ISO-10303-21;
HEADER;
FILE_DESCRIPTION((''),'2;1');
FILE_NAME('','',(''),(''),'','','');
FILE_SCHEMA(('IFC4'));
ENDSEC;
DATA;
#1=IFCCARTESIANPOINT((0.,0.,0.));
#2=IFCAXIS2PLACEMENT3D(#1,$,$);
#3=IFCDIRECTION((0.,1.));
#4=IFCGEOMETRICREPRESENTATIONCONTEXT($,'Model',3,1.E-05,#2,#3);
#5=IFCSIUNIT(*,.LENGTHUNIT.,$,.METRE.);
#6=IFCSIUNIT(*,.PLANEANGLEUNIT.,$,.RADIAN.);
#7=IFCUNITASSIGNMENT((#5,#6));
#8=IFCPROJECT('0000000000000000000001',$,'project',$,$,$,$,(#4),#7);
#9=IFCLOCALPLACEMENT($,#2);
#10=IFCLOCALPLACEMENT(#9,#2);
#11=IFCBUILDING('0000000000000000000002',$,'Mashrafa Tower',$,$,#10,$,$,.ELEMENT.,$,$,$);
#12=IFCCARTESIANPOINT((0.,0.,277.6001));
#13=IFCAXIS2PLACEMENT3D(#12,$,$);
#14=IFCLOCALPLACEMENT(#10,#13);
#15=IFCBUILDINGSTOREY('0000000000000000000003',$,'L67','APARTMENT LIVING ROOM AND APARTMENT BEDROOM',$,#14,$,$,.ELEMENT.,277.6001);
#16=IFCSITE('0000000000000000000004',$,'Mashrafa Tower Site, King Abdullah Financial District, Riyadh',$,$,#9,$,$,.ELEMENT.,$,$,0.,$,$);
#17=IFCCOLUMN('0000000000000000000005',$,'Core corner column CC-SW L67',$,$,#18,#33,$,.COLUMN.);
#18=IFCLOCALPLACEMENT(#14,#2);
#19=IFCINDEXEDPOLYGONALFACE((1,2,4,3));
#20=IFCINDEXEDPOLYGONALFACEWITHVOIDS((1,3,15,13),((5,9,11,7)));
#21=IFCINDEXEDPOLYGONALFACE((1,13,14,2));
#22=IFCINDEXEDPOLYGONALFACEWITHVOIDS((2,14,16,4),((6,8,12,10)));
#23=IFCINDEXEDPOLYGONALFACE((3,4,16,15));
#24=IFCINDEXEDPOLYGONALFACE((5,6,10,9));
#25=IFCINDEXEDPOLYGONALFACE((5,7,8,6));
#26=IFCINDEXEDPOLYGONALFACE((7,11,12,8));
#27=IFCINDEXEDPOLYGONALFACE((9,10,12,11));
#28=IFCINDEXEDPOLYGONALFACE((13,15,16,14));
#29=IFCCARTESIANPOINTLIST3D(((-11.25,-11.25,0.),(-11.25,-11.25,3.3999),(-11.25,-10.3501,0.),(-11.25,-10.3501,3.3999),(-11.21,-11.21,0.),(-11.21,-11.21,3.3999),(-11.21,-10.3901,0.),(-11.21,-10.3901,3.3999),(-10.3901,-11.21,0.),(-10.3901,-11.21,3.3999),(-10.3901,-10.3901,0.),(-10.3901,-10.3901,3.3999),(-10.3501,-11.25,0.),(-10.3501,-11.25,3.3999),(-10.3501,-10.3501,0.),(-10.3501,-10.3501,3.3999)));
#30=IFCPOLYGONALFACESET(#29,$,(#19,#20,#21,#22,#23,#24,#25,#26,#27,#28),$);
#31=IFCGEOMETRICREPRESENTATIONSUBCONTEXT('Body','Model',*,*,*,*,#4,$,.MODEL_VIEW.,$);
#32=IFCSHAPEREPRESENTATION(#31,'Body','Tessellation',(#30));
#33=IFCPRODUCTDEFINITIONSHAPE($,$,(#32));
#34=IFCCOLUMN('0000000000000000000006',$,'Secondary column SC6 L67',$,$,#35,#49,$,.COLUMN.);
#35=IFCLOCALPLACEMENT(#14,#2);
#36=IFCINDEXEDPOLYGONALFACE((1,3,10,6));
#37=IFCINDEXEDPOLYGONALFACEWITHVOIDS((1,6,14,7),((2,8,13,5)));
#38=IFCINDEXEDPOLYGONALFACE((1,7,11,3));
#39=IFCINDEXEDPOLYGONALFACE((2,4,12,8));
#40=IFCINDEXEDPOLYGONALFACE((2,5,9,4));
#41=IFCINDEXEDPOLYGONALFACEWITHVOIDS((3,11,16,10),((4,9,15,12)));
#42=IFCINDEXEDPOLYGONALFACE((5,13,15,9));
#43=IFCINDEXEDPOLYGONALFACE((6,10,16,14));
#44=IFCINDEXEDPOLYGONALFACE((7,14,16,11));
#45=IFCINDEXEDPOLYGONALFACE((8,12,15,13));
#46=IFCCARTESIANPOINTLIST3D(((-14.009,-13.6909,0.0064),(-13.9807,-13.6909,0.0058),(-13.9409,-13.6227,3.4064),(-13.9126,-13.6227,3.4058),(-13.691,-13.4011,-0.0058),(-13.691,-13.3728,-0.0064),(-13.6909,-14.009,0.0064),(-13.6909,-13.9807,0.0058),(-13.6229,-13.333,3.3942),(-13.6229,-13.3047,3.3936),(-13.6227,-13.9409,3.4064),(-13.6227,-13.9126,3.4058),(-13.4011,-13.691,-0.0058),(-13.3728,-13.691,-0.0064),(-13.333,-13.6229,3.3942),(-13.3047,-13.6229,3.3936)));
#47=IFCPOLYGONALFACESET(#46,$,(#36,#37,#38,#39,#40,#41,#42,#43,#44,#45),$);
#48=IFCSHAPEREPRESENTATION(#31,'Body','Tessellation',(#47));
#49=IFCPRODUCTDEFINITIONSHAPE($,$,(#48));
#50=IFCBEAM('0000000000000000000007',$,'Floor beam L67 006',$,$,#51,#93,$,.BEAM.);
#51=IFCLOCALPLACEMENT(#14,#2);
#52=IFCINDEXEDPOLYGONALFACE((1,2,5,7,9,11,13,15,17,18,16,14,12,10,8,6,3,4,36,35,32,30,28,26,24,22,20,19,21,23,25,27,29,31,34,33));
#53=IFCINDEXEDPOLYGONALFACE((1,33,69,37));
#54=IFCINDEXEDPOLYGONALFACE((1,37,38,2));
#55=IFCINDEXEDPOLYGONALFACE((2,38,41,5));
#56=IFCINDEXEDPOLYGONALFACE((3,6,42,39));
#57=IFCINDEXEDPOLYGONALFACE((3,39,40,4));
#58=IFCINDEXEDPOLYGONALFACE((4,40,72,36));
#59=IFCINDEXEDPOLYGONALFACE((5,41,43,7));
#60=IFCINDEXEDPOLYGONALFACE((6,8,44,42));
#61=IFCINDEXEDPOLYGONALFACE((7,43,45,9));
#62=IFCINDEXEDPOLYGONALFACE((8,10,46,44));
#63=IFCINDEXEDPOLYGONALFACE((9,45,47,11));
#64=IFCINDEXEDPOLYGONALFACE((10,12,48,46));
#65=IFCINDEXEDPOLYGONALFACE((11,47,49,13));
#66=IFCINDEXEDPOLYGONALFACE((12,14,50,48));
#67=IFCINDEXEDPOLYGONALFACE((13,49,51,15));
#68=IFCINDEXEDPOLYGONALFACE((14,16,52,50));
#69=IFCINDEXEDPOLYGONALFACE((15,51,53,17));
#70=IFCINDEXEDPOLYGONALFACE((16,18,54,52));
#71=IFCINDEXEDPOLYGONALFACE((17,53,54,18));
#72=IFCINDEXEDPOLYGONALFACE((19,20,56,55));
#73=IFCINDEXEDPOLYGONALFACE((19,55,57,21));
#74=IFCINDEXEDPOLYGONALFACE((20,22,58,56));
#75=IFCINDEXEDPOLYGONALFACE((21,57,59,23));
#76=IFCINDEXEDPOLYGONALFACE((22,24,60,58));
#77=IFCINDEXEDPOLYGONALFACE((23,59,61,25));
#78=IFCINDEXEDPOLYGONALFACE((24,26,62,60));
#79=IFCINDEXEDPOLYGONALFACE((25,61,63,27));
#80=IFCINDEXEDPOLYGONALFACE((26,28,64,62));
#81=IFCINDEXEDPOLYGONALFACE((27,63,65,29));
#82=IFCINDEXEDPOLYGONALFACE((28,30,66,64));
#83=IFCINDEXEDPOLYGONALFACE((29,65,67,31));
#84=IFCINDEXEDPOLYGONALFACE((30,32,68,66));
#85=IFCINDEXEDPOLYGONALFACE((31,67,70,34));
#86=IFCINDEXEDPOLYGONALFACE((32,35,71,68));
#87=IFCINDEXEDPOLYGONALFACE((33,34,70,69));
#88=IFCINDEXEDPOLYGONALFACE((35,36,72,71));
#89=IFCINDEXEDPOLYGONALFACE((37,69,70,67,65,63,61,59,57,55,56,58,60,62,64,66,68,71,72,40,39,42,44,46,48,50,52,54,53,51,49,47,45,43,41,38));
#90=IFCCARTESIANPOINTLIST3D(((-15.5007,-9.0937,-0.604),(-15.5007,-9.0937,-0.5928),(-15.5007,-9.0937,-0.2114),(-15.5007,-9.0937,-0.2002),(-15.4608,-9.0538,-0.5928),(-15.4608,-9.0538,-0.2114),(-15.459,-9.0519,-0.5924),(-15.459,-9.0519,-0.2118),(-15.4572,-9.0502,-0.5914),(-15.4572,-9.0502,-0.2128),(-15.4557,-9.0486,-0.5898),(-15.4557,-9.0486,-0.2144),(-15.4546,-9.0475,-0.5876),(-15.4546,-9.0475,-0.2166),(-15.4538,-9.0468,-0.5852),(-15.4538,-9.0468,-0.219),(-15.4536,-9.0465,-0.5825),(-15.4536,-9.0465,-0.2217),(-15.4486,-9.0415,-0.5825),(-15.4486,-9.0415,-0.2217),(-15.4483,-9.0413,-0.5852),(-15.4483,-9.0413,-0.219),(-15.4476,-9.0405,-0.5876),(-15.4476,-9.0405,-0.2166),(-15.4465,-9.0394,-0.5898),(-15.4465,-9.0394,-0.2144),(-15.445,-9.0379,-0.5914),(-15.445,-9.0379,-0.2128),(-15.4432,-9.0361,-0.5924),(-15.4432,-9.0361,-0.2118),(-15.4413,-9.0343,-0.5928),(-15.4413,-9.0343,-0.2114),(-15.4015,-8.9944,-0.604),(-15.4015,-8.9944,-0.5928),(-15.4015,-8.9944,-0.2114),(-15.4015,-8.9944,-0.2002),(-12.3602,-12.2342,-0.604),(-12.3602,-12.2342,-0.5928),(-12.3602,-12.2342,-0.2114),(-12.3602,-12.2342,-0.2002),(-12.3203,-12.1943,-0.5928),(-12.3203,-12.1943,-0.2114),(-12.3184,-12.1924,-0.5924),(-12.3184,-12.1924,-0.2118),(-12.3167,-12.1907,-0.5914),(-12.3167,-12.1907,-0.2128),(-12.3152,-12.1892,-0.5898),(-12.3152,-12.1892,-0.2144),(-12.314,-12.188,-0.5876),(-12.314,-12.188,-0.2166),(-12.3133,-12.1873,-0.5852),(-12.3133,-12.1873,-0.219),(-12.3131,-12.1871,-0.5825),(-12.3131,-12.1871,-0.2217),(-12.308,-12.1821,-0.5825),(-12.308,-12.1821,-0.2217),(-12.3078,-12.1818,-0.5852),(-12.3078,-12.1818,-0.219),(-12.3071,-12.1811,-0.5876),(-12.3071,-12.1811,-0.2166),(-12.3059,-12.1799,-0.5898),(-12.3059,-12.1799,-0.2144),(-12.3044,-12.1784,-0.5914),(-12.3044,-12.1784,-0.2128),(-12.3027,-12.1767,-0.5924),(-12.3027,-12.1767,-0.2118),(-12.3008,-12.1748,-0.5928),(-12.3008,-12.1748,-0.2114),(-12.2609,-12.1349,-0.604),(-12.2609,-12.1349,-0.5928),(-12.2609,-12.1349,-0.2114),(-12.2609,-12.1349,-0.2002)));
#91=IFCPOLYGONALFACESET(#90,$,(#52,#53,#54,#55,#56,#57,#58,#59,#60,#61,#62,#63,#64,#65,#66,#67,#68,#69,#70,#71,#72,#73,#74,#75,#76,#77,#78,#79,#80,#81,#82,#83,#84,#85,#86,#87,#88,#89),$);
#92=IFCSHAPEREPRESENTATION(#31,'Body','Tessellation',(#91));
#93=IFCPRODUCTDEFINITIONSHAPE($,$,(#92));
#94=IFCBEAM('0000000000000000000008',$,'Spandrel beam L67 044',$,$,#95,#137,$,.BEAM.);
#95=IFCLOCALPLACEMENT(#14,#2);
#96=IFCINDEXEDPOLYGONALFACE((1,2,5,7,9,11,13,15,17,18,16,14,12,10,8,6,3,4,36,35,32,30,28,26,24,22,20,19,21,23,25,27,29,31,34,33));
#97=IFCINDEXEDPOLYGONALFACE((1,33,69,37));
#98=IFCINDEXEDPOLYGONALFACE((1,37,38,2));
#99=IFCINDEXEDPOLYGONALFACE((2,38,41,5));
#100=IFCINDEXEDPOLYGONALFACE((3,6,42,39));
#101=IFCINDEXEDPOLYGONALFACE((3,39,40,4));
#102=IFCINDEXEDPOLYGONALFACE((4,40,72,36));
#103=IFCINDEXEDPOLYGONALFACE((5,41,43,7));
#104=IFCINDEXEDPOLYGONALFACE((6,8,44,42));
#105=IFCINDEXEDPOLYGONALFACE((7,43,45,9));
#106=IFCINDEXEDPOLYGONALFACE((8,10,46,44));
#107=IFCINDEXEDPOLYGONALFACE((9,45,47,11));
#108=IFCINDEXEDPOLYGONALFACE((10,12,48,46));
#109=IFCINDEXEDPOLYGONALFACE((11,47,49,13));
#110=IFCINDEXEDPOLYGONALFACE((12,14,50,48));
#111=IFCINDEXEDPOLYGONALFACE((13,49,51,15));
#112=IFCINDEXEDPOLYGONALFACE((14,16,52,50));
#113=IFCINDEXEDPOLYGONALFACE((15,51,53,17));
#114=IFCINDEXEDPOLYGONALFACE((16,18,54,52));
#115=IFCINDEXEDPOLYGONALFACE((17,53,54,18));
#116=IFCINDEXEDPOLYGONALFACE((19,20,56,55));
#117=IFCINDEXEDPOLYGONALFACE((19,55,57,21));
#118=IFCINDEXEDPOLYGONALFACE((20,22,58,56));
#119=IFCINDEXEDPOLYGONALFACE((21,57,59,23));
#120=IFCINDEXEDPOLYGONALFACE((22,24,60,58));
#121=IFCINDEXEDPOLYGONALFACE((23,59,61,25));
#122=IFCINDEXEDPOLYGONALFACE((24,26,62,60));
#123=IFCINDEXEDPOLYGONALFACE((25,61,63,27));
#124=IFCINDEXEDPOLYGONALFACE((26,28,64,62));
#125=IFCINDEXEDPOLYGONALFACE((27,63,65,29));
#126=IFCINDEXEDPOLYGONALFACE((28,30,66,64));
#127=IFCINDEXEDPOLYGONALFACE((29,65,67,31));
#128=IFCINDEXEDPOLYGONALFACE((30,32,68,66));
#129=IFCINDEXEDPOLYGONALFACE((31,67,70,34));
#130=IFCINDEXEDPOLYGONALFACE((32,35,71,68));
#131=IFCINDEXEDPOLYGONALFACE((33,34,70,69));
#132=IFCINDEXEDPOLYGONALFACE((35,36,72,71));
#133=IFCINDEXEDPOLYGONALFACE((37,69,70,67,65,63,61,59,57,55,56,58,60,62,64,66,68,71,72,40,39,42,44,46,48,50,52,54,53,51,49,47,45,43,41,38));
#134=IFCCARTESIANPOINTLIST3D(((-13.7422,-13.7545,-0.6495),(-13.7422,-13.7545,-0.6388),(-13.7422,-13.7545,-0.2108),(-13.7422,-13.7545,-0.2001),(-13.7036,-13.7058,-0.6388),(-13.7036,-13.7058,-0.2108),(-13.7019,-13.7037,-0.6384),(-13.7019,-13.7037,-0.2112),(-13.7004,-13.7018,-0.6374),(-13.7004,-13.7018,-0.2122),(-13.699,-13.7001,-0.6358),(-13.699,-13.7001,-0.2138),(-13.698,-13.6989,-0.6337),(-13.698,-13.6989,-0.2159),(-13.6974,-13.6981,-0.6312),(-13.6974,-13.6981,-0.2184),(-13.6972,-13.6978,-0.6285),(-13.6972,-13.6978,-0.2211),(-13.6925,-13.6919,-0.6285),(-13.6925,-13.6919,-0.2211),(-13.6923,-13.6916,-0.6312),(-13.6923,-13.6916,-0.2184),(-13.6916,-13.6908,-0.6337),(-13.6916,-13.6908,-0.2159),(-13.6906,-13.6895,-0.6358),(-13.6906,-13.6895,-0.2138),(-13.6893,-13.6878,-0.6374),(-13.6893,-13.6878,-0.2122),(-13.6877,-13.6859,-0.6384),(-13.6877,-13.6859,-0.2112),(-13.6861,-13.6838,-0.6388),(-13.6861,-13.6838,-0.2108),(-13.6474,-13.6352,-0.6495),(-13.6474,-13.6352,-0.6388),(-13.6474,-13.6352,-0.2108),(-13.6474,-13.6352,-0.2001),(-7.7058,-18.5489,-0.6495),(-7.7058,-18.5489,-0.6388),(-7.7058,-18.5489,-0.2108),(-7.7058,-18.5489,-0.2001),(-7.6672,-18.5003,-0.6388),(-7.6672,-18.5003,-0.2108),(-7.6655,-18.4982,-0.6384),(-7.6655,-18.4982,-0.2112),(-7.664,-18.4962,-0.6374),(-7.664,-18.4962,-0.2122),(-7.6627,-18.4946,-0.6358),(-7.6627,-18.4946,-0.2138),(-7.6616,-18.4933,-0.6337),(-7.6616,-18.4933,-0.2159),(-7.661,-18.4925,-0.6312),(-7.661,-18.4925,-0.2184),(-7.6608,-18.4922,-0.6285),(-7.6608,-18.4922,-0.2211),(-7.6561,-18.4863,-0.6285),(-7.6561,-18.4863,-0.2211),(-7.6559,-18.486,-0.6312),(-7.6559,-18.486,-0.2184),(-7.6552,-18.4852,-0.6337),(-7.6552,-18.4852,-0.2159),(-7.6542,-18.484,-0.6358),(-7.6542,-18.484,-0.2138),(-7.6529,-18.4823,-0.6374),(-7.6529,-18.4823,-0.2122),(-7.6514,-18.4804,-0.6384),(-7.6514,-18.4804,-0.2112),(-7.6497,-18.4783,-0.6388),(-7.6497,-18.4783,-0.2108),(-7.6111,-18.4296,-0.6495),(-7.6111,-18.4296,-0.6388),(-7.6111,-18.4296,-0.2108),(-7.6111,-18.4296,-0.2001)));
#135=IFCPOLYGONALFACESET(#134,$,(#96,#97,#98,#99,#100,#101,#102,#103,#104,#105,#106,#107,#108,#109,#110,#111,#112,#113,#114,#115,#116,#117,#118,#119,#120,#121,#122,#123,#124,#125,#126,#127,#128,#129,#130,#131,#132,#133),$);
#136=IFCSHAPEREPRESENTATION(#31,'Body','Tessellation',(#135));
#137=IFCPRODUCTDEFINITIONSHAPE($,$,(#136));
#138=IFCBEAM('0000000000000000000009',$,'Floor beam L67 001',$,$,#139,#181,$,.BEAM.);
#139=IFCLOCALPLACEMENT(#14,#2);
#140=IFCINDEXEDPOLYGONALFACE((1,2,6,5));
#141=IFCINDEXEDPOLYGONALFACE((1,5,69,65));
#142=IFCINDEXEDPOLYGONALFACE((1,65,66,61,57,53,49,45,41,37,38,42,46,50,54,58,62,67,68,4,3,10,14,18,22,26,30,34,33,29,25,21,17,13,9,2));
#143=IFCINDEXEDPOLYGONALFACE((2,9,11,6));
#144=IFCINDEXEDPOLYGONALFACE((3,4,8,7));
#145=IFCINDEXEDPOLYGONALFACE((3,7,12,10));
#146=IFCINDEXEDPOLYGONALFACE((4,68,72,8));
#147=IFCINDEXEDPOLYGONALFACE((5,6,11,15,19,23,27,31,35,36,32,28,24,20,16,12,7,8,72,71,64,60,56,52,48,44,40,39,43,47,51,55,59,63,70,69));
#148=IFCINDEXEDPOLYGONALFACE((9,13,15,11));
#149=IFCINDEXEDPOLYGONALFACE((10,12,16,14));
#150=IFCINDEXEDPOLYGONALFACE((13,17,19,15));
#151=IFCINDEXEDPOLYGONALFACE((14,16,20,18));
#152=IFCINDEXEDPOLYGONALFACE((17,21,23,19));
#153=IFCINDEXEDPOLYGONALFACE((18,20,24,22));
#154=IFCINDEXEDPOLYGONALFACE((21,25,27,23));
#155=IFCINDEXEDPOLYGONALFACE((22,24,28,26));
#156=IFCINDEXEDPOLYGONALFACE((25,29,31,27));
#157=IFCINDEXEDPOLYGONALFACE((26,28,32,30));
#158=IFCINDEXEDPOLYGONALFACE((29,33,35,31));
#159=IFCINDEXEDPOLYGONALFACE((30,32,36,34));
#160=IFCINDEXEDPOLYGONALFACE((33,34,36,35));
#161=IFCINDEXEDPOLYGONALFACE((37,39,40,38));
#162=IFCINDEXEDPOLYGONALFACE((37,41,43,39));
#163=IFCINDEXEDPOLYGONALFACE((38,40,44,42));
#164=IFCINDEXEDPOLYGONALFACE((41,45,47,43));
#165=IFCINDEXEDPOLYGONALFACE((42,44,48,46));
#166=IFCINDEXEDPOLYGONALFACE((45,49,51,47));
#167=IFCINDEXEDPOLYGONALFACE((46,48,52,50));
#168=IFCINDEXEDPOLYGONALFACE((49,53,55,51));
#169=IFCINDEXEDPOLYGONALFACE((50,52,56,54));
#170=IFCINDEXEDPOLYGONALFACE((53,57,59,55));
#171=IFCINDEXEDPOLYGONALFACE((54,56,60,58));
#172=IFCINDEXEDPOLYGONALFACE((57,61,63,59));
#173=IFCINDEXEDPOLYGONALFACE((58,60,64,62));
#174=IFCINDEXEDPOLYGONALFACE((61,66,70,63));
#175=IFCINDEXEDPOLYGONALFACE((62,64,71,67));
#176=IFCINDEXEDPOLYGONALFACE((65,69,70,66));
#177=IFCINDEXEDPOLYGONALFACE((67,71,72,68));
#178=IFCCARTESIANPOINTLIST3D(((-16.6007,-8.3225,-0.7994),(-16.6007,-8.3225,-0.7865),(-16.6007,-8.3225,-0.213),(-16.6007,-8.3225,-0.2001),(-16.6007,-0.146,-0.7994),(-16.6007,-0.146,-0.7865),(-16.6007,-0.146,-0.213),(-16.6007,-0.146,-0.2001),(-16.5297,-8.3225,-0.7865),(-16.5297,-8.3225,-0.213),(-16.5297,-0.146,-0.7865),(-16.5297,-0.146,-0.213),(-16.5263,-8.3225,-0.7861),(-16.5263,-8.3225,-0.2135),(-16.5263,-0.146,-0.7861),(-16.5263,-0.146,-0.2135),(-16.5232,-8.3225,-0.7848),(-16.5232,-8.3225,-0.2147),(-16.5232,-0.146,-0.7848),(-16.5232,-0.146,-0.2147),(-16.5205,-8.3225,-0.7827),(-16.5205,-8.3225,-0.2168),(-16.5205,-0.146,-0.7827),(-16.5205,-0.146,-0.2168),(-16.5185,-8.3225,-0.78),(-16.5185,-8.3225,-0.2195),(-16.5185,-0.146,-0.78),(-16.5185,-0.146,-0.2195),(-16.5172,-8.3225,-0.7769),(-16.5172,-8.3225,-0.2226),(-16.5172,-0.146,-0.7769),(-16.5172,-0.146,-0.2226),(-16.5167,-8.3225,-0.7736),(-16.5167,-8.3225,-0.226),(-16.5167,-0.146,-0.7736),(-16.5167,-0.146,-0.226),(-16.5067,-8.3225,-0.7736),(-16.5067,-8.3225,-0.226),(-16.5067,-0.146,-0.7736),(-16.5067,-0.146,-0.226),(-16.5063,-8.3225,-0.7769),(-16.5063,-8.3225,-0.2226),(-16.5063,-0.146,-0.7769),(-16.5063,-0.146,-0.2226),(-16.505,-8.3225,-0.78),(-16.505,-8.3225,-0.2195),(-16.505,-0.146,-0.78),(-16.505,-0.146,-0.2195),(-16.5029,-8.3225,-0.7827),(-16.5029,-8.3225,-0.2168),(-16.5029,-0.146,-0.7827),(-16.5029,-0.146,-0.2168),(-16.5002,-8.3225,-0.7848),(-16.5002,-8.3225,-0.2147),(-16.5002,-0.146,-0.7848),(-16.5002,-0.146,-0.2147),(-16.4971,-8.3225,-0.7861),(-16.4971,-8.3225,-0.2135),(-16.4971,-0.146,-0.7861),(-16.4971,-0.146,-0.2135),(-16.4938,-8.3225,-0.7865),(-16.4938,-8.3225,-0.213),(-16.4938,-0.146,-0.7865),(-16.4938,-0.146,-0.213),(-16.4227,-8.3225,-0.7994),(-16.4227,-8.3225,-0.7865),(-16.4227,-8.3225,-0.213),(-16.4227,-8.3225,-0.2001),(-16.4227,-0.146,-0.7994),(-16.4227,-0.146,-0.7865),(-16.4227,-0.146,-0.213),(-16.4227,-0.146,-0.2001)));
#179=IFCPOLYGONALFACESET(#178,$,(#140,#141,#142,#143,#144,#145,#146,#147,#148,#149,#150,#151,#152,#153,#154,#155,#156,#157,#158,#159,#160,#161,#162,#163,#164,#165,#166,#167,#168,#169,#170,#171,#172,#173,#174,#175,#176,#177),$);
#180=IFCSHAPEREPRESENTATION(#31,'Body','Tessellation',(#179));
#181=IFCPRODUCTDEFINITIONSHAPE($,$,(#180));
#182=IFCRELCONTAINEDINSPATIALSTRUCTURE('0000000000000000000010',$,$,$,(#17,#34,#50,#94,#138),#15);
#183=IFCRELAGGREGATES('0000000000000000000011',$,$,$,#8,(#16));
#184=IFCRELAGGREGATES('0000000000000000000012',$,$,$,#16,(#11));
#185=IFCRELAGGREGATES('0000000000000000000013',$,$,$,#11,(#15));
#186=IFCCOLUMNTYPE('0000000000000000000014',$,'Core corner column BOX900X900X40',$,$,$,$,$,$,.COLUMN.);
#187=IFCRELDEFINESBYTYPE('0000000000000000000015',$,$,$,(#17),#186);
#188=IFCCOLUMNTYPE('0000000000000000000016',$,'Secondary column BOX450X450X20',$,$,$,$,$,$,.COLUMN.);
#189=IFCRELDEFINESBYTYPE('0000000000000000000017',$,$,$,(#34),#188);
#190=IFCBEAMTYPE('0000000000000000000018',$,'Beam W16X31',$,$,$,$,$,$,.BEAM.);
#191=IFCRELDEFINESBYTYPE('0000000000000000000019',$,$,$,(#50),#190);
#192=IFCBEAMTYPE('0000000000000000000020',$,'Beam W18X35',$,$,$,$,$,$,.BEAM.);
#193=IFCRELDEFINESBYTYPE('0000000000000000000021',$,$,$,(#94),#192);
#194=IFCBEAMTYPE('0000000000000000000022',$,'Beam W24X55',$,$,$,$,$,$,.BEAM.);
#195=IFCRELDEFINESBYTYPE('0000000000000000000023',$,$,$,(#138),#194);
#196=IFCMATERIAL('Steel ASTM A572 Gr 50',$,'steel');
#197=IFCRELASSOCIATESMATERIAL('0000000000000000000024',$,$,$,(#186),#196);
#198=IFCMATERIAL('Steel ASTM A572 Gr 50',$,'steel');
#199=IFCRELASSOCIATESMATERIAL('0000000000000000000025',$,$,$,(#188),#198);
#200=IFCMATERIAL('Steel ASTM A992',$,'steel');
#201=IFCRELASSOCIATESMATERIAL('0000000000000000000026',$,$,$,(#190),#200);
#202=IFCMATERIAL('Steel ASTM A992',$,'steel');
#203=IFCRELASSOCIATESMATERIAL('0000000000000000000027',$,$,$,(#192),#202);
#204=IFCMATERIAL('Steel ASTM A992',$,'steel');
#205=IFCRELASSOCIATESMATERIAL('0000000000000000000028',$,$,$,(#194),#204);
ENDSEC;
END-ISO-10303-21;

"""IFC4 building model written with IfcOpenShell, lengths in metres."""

from ifc_helpers import new_model, si_unit, direction, frame, origin, origin_2d, place, context, subcontext, project, spatial, hollow_rectangle, i_section, extrude, material, material_profile, profile_set, type_object, element, save


model = new_model("IFC4")

# Units and contexts
model_context = context("Model", 3, precision=1e-05, world=origin(), true_north=direction((0.0, 1.0)))
body_context = subcontext(model_context, "Body", "Model", "MODEL_VIEW")
ifc_project = project(units=[si_unit("LENGTHUNIT", "METRE"), si_unit("PLANEANGLEUNIT", "RADIAN")], contexts=[model_context])

# Site, building, storey
site_placement = place(None, origin())
site = spatial("IfcSite", under=ifc_project, at=site_placement, Name="Mashrafa Tower Site, King Abdullah Financial District, Riyadh", CompositionType="ELEMENT", RefElevation=0.0)
building_placement = place(site_placement, origin())
building = spatial("IfcBuilding", under=site, at=building_placement, Name="Mashrafa Tower", CompositionType="ELEMENT")
storey_placement = place(building_placement, frame((0.0, 0.0, 277.6001)))
storey = spatial("IfcBuildingStorey", under=building, at=storey_placement, Name="L67", Description="APARTMENT LIVING ROOM AND APARTMENT BEDROOM", CompositionType="ELEMENT", Elevation=277.6001)

# Columns
ifc_material_1 = material(Name="Steel ASTM A572 Gr 50", Category="steel")
ifc_material_profile_1 = material_profile(ifc_material_1, hollow_rectangle(XDim=0.8999, YDim=0.8999, WallThickness=0.04, at=origin_2d()), Name="BOX900X900X40")
ifc_profile_set_1 = profile_set([ifc_material_profile_1], Name="Steel ASTM A572 Gr 50")
column_type_1 = type_object("IfcColumnType", Name="Core corner column BOX900X900X40", PredefinedType="COLUMN", material=ifc_profile_set_1)
column_1_placement = place(storey_placement, frame((-10.8, -10.8, 0.0), z_axis=(0.0, 0.0, 1.0), x_axis=(1.0, 0.0, 0.0)))
element("IfcColumn", 1, at=column_1_placement, inside=storey, type_object=column_type_1, Name="Core corner column CC-SW L67", PredefinedType="COLUMN", context=body_context, shape_type="SweptSolid", body=[
    extrude(hollow_rectangle(XDim=0.8999, YDim=0.8999, WallThickness=0.04, at=origin_2d()), origin(), (0.0, 0.0, 1.0), 3.3999),
])
ifc_material_2 = material(Name="Steel ASTM A572 Gr 50", Category="steel")
ifc_material_profile_2 = material_profile(ifc_material_2, hollow_rectangle(XDim=0.45, YDim=0.45, WallThickness=0.02, at=origin_2d()), Name="BOX450X450X20")
ifc_profile_set_2 = profile_set([ifc_material_profile_2], Name="Steel ASTM A572 Gr 50")
column_type_2 = type_object("IfcColumnType", Name="Secondary column BOX450X450X20", PredefinedType="COLUMN", material=ifc_profile_set_2)
column_2_placement = place(storey_placement, frame((-13.6909, -13.6909, 0.0), z_axis=(0.020026, 0.020026, 0.999599), x_axis=(-0.707107, 0.707107, 0.0)))
element("IfcColumn", 2, at=column_2_placement, inside=storey, type_object=column_type_2, Name="Secondary column SC6 L67", PredefinedType="COLUMN", context=body_context, shape_type="SweptSolid", body=[
    extrude(hollow_rectangle(XDim=0.45, YDim=0.45, WallThickness=0.02, at=origin_2d()), origin(), (0.0, 0.0, 1.0), 3.4014),
])

# Beams
ifc_material_3 = material(Name="Steel ASTM A992", Category="steel")
ifc_material_profile_3 = material_profile(ifc_material_3, i_section(OverallWidth=0.1404, OverallDepth=0.4038, WebThickness=0.0071, FlangeThickness=0.0112, FilletRadius=0.0103, at=origin_2d()), Name="W16X31")
ifc_profile_set_3 = profile_set([ifc_material_profile_3], Name="Steel ASTM A992")
beam_type_1 = type_object("IfcBeamType", Name="Beam W16X31", PredefinedType="BEAM", material=ifc_profile_set_3)
beam_1_placement = place(storey_placement, frame((-12.3105, -12.1846, -0.4021), z_axis=(-0.707107, 0.707107, 0.0), x_axis=(-0.707107, -0.707107, 0.0)))
element("IfcBeam", 3, at=beam_1_placement, inside=storey, type_object=beam_type_1, Name="Floor beam L67 006", PredefinedType="BEAM", context=body_context, shape_type="SweptSolid", body=[
    extrude(i_section(OverallWidth=0.1404, OverallDepth=0.4038, WebThickness=0.0071, FlangeThickness=0.0112, FilletRadius=0.0103, at=origin_2d()), origin(), (0.0, 0.0, 1.0), 4.4414),
])
ifc_material_4 = material(Name="Steel ASTM A992", Category="steel")
ifc_material_profile_4 = material_profile(ifc_material_4, i_section(OverallWidth=0.1523, OverallDepth=0.4495, WebThickness=0.0076, FlangeThickness=0.0107, FilletRadius=0.0103, at=origin_2d()), Name="W18X35")
ifc_profile_set_4 = profile_set([ifc_material_profile_4], Name="Steel ASTM A992")
beam_type_2 = type_object("IfcBeamType", Name="Beam W18X35", PredefinedType="BEAM", material=ifc_profile_set_4)
beam_2_placement = place(storey_placement, frame((-13.6948, -13.6948, -0.4248), z_axis=(0.783058, -0.621949, 0.0), x_axis=(0.621949, 0.783058, 0.0)))
element("IfcBeam", 4, at=beam_2_placement, inside=storey, type_object=beam_type_2, Name="Spandrel beam L67 044", PredefinedType="BEAM", context=body_context, shape_type="SweptSolid", body=[
    extrude(i_section(OverallWidth=0.1523, OverallDepth=0.4495, WebThickness=0.0076, FlangeThickness=0.0107, FilletRadius=0.0103, at=origin_2d()), origin(), (0.0, 0.0, 1.0), 7.7087),
])
ifc_material_5 = material(Name="Steel ASTM A992", Category="steel")
ifc_material_profile_5 = material_profile(ifc_material_5, i_section(OverallWidth=0.178, OverallDepth=0.5994, WebThickness=0.01, FlangeThickness=0.0129, FilletRadius=0.0129, at=origin_2d()), Name="W24X55")
ifc_profile_set_5 = profile_set([ifc_material_profile_5], Name="Steel ASTM A992")
beam_type_3 = type_object("IfcBeamType", Name="Beam W24X55", PredefinedType="BEAM", material=ifc_profile_set_5)
beam_3_placement = place(storey_placement, frame((-16.5117, -8.3225, -0.4998), z_axis=(0.0, 1.0, 0.0), x_axis=(-1.0, 0.0, 0.0)))
element("IfcBeam", 5, at=beam_3_placement, inside=storey, type_object=beam_type_3, Name="Floor beam L67 001", PredefinedType="BEAM", context=body_context, shape_type="SweptSolid", body=[
    extrude(i_section(OverallWidth=0.178, OverallDepth=0.5994, WebThickness=0.01, FlangeThickness=0.0129, FilletRadius=0.0129, at=origin_2d()), origin(), (0.0, 0.0, 1.0), 8.1765),
])

save(model, "model.ifc")
